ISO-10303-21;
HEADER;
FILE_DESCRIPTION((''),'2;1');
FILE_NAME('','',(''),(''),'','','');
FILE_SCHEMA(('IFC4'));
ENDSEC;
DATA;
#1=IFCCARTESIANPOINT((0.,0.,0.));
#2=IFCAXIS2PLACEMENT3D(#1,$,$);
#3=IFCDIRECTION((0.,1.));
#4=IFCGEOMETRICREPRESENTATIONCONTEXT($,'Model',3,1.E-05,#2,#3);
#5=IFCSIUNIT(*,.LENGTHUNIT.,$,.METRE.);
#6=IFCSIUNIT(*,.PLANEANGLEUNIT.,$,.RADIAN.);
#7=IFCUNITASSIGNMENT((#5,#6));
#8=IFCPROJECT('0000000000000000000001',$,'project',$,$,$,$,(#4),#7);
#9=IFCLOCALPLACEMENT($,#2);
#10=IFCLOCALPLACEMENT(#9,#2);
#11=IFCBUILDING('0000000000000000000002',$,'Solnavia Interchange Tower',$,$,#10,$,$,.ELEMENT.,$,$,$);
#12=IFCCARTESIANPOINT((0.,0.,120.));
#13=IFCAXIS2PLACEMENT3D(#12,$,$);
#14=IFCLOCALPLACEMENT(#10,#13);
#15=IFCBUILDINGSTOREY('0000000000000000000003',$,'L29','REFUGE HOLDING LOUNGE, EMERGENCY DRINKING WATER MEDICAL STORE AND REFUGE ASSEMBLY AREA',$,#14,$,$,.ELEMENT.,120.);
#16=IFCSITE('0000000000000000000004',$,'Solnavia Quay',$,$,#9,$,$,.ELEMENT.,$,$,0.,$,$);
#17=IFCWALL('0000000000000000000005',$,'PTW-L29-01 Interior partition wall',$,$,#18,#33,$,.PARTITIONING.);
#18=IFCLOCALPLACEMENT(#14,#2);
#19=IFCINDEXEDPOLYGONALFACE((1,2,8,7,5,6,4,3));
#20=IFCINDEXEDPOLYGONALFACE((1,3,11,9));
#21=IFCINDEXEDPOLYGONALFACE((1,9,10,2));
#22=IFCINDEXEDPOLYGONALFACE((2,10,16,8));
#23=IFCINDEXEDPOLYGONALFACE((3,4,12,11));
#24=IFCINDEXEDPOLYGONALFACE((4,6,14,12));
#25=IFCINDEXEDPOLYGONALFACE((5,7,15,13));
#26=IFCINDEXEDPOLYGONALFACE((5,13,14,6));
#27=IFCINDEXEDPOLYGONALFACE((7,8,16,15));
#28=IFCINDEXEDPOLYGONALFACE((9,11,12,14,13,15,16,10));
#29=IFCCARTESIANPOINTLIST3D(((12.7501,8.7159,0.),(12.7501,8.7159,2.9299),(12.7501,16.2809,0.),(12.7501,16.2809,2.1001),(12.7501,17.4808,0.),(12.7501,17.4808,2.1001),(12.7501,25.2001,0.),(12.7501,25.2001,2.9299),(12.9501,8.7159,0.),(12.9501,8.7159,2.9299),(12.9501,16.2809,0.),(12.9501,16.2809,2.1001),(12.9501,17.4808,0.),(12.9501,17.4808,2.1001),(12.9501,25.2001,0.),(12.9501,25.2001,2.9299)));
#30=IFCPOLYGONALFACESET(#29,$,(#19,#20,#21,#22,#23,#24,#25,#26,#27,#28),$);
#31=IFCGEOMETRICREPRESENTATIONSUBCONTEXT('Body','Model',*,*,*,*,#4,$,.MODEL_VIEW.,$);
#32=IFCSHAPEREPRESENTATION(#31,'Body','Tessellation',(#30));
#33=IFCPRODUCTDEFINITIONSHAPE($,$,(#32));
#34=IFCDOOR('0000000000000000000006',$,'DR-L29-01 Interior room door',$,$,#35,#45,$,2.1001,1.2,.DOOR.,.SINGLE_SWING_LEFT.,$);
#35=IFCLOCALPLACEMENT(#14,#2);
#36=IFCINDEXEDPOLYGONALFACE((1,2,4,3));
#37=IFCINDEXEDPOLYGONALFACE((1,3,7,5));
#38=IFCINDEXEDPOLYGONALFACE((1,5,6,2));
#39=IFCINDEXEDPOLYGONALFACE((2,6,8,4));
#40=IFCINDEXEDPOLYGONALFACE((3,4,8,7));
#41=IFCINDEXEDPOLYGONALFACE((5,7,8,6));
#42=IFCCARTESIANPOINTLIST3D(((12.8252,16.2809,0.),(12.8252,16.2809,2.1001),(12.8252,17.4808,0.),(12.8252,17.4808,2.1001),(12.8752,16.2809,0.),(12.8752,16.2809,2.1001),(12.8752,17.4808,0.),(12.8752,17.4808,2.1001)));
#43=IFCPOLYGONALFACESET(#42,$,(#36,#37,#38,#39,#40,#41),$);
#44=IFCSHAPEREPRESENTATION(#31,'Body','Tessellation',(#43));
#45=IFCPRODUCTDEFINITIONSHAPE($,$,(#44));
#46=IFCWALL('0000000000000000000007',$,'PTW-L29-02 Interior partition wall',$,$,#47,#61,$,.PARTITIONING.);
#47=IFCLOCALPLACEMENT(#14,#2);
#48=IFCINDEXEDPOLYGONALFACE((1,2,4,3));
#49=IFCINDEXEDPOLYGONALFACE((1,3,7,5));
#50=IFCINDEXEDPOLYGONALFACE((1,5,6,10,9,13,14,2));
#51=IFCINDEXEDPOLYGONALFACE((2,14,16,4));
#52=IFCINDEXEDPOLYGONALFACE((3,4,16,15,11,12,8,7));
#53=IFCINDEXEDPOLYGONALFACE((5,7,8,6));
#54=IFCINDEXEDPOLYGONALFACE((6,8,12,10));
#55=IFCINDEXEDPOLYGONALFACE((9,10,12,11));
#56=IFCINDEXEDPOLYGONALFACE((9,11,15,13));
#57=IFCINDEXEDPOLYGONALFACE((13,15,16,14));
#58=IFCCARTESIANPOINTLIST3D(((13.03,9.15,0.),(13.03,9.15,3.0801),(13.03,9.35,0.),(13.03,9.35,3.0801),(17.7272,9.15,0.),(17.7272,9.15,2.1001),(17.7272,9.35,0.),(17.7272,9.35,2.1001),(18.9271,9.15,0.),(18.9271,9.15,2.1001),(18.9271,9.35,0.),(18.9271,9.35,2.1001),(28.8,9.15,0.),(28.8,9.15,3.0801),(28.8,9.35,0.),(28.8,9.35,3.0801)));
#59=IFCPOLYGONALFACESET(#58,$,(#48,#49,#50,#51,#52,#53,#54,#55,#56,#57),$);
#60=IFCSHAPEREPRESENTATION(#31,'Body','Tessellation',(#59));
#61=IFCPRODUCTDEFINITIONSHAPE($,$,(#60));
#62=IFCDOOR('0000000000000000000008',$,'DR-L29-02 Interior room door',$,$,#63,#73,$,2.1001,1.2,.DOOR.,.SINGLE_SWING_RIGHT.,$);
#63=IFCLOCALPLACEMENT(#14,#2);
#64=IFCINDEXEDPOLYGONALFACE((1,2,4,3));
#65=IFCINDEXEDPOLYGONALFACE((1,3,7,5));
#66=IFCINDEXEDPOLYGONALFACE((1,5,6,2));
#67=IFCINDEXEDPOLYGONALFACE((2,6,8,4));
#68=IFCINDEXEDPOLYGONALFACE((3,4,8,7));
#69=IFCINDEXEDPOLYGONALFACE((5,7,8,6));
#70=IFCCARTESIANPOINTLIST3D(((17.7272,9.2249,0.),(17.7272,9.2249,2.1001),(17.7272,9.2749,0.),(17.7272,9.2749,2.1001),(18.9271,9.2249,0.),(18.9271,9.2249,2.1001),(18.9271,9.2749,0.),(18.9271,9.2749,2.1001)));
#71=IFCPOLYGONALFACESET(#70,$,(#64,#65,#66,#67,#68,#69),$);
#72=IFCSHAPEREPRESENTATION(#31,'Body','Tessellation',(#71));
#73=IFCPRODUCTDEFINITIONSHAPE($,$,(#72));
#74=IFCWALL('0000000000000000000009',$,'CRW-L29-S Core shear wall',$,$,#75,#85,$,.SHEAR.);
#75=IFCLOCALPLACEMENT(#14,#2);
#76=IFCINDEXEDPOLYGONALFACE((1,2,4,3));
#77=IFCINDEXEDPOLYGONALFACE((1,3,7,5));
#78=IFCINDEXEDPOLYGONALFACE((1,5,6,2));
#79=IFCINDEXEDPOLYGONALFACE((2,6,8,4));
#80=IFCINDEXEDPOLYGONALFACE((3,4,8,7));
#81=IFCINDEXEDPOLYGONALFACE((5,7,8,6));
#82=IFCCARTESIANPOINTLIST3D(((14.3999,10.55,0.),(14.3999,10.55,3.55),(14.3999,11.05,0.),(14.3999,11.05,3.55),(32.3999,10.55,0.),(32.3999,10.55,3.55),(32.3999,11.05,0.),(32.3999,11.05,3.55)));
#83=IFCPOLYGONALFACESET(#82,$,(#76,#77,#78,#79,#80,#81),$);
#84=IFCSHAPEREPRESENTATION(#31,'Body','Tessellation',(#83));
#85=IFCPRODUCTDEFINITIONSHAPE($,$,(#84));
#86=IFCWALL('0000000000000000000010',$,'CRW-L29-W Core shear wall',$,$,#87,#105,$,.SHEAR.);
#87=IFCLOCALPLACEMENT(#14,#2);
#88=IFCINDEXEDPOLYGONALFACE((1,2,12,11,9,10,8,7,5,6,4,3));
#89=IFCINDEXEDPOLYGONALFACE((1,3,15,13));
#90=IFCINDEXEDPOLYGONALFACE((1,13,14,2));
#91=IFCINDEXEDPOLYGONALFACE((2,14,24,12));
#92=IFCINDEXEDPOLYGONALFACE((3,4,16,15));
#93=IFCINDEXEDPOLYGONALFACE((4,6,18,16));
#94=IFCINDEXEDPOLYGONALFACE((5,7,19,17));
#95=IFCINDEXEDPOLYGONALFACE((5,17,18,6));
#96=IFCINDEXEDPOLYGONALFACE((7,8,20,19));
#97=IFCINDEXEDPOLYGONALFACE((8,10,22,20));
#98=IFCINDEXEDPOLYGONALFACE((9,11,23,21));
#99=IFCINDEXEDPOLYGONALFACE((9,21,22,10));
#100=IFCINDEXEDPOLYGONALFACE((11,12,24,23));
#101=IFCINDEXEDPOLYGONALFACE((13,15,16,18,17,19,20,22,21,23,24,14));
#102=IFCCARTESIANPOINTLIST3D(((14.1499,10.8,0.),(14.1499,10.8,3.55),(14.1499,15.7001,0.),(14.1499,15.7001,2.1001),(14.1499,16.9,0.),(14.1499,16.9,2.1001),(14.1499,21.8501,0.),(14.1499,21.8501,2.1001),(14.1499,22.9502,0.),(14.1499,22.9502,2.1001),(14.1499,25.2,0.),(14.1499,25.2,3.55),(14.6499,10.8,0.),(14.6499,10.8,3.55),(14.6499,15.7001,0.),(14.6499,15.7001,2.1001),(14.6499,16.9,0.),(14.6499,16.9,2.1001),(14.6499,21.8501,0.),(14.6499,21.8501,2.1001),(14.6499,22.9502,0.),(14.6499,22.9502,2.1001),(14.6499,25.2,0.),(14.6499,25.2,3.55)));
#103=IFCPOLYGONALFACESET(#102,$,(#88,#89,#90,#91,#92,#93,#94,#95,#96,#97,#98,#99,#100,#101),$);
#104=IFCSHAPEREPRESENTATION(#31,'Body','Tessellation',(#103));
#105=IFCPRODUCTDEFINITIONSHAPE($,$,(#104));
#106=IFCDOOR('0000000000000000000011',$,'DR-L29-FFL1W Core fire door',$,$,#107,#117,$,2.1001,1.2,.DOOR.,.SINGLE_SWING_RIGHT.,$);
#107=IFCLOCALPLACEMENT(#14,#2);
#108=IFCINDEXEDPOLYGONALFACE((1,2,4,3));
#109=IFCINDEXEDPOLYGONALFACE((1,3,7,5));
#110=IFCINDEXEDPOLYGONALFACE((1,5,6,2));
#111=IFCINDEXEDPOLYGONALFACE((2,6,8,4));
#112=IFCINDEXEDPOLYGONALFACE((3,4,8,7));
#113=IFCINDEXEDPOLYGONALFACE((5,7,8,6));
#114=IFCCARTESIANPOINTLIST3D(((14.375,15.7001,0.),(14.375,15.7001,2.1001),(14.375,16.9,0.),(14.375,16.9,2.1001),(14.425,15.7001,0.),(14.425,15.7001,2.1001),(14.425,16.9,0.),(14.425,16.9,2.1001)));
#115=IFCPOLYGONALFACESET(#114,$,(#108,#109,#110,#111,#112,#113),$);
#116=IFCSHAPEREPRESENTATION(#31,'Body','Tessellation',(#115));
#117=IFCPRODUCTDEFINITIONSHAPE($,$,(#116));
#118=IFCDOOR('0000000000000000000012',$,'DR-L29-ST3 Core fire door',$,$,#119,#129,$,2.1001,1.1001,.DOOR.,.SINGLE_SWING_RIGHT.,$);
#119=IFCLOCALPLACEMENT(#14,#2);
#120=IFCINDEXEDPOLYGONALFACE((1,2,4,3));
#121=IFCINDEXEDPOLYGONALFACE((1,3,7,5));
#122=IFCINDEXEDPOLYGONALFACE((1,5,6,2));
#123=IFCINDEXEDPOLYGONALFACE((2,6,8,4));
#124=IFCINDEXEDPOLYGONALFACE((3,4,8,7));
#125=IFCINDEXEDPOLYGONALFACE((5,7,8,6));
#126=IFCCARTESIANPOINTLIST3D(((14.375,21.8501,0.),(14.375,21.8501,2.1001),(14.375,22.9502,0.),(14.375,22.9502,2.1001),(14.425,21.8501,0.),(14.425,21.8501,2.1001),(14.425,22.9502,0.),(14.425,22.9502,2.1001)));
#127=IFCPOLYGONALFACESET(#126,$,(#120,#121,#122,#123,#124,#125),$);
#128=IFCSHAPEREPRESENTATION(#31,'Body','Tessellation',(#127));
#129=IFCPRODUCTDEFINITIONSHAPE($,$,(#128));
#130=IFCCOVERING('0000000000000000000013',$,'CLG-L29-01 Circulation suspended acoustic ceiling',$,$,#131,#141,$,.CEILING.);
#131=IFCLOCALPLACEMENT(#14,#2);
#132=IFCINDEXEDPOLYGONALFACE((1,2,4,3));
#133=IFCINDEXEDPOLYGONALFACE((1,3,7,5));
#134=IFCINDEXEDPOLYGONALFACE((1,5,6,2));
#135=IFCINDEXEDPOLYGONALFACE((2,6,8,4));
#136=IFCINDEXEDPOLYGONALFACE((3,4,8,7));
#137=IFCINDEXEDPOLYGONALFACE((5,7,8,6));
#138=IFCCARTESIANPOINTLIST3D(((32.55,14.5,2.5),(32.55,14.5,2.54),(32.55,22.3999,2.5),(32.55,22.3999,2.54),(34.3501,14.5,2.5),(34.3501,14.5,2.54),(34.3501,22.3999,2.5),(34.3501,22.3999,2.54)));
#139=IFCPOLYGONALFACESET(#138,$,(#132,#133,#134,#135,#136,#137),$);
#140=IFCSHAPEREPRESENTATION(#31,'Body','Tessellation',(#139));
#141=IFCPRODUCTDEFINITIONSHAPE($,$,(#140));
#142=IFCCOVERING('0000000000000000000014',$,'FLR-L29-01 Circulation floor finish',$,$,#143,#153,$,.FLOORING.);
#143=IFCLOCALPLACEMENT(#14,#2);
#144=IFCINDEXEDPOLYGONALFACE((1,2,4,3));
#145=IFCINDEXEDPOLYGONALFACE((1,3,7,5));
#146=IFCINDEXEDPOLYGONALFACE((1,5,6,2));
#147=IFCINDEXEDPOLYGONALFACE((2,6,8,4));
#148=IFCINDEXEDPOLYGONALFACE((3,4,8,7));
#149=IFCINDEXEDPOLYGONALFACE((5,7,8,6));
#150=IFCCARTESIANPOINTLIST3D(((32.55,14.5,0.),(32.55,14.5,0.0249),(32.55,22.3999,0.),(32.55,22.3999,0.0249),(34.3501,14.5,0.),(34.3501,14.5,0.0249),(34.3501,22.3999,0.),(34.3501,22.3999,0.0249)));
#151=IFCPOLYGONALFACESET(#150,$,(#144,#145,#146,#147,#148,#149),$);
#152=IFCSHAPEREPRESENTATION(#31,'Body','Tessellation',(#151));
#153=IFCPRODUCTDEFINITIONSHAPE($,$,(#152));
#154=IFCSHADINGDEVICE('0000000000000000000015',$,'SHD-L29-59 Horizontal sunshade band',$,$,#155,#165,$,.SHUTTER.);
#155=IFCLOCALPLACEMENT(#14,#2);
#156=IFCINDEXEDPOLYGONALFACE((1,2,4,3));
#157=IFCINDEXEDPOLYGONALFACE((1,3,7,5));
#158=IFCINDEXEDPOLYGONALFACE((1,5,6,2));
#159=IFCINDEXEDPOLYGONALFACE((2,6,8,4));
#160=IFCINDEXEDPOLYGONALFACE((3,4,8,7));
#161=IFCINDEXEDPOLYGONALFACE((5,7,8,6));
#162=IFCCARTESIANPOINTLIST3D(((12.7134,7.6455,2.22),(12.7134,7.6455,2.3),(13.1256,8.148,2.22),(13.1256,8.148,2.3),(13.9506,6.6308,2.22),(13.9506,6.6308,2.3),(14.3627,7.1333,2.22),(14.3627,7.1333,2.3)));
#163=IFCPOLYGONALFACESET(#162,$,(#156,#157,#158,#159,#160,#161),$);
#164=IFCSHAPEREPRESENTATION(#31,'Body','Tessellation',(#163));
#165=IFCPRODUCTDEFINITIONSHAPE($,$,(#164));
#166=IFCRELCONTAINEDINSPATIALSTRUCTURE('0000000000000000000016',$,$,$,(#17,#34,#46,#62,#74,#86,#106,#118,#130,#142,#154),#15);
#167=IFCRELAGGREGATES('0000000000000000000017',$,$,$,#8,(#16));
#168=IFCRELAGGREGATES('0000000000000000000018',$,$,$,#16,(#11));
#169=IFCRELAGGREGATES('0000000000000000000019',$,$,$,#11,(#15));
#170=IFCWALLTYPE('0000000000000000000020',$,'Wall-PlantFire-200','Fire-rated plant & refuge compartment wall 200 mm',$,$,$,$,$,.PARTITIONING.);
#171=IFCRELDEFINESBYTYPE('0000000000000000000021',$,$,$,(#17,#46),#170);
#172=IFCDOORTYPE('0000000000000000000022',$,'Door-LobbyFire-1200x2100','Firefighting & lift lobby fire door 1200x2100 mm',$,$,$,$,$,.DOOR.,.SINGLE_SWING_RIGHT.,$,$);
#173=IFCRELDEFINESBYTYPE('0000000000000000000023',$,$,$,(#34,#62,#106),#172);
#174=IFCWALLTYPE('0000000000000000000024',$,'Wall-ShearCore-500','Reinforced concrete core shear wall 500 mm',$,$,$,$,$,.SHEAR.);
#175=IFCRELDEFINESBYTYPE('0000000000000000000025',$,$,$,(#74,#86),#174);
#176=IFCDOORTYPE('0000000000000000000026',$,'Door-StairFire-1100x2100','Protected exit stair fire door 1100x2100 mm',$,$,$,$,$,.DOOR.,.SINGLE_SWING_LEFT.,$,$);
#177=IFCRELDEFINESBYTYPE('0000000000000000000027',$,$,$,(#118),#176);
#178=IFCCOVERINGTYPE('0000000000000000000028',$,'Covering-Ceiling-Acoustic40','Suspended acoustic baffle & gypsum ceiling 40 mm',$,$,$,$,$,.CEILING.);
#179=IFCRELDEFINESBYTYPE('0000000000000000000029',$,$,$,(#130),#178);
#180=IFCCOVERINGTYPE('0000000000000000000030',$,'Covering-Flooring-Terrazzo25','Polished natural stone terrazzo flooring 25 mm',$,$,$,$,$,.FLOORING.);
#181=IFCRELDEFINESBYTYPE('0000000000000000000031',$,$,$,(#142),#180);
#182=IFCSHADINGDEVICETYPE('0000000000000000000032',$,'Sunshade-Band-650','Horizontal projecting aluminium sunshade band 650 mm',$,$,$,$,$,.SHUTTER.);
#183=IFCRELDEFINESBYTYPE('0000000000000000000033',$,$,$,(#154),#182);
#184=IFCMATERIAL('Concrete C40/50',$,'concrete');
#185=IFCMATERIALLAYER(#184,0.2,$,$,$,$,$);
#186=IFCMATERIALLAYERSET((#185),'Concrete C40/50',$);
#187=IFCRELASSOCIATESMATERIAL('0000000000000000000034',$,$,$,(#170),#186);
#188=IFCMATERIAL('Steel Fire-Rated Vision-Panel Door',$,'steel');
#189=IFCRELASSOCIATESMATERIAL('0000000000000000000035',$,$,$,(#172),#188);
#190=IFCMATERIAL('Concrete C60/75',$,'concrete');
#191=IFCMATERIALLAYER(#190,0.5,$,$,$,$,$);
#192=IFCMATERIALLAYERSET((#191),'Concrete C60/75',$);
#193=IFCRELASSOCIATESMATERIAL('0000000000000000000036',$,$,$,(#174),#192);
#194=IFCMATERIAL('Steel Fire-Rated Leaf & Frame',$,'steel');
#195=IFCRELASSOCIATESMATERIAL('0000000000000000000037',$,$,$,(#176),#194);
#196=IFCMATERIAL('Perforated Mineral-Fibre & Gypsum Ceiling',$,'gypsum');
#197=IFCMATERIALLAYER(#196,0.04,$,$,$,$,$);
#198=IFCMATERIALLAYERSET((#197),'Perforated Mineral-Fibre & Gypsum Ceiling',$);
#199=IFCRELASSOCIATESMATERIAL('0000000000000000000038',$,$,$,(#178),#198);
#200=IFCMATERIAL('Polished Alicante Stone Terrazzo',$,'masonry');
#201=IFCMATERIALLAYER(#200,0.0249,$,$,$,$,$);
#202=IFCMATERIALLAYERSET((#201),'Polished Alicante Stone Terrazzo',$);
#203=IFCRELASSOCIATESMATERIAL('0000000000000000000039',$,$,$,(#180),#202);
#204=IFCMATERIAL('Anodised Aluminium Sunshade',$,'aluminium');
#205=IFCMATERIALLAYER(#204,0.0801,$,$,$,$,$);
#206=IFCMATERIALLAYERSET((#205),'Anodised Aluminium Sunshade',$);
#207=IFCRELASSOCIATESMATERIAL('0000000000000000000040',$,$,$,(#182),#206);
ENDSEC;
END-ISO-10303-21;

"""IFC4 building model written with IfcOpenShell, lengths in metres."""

from ifc_helpers import new_model, si_unit, direction, frame, frame_2d, origin, origin_2d, place, context, subcontext, project, spatial, polyline, rectangle, outline, extrude, material, layer, layer_set, type_object, element, fill, save


model = new_model("IFC4")

# Units and contexts
model_context = context("Model", 3, precision=1e-05, world=origin(), true_north=direction((0.0, 1.0)))
body_context = subcontext(model_context, "Body", "Model", "MODEL_VIEW")
ifc_project = project(units=[si_unit("LENGTHUNIT", "METRE"), si_unit("PLANEANGLEUNIT", "RADIAN")], contexts=[model_context])

# Site, building, storey
site_placement = place(None, origin())
site = spatial("IfcSite", under=ifc_project, at=site_placement, Name="Solnavia Quay", CompositionType="ELEMENT", RefElevation=0.0)
building_placement = place(site_placement, origin())
building = spatial("IfcBuilding", under=site, at=building_placement, Name="Solnavia Interchange Tower", CompositionType="ELEMENT")
storey_placement = place(building_placement, frame((0.0, 0.0, 120.0)))
storey = spatial("IfcBuildingStorey", under=building, at=storey_placement, Name="L29", Description="REFUGE HOLDING LOUNGE, EMERGENCY DRINKING WATER MEDICAL STORE AND REFUGE ASSEMBLY AREA", CompositionType="ELEMENT", Elevation=120.0)

# Shared definitions
ifc_material_1 = material(Name="Concrete C60/75", Category="concrete")

# Shared definitions
ifc_material_2 = material(Name="Concrete C40/50", Category="concrete")

# Walls, openings, doors
ifc_layer_1 = layer(ifc_material_2, 0.2)
ifc_layer_set_1 = layer_set([ifc_layer_1], Name="Concrete C40/50")
wall_type_1 = type_object("IfcWallType", Name="Wall-PlantFire-200", Description="Fire-rated plant & refuge compartment wall 200 mm", PredefinedType="PARTITIONING", material=ifc_layer_set_1)
wall_1_placement = place(storey_placement, frame((12.8501, 8.7158, 0.0), z_axis=(0.0, 0.0, 1.0), x_axis=(0.0, 1.0, 0.0)))
wall_1 = element("IfcWall", 1, at=wall_1_placement, inside=storey, type_object=wall_type_1, Name="PTW-L29-01 Interior partition wall", PredefinedType="PARTITIONING", context=body_context, shape_type="SweptSolid", body=[
    extrude(rectangle(XDim=16.4841, YDim=0.2, at=frame_2d((8.2422, 0.0))), origin(), (0.0, 0.0, 1.0), 2.9299),
])
opening_1_placement = place(wall_1_placement, frame((7.5649, 0.0, 0.0)))
opening_1 = element("IfcOpeningElement", 2, at=opening_1_placement, cuts=wall_1, PredefinedType="OPENING", context=body_context, shape_type="SweptSolid", body=[
    extrude(rectangle(XDim=1.2, YDim=2.1001, at=frame_2d((0.6001, 1.05))), frame((0.0, 0.1099, 0.0), z_axis=(0.0, -1.0, 0.0), x_axis=(1.0, 0.0, 0.0)), (0.0, 0.0, 1.0), 0.22),
])
ifc_material_3 = material(Name="Steel Fire-Rated Vision-Panel Door", Category="steel")
door_type_1 = type_object("IfcDoorType", Name="Door-LobbyFire-1200x2100", Description="Firefighting & lift lobby fire door 1200x2100 mm", OperationType="SINGLE_SWING_RIGHT", PredefinedType="DOOR", material=ifc_material_3)
door_1_placement = place(opening_1_placement, origin())
door_1 = element("IfcDoor", 3, at=door_1_placement, inside=storey, type_object=door_type_1, Name="DR-L29-01 Interior room door", OperationType="SINGLE_SWING_LEFT", OverallHeight=2.1001, OverallWidth=1.2, PredefinedType="DOOR", context=body_context, shape_type="SweptSolid", body=[
    extrude(rectangle(XDim=1.2, YDim=2.1001, at=frame_2d((0.6001, 1.05))), frame((0.0, 0.0249, 0.0), z_axis=(0.0, -1.0, 0.0), x_axis=(1.0, 0.0, 0.0)), (0.0, 0.0, 1.0), 0.05),
])
fill(opening_1, door_1)
wall_2_placement = place(storey_placement, frame((13.03, 9.25, 0.0), z_axis=(0.0, 0.0, 1.0), x_axis=(1.0, 0.0, 0.0)))
wall_2 = element("IfcWall", 4, at=wall_2_placement, inside=storey, type_object=wall_type_1, Name="PTW-L29-02 Interior partition wall", PredefinedType="PARTITIONING", context=body_context, shape_type="SweptSolid", body=[
    extrude(rectangle(XDim=15.77, YDim=0.2, at=frame_2d((7.885, 0.0))), origin(), (0.0, 0.0, 1.0), 3.0801),
])
opening_2_placement = place(wall_2_placement, frame((4.697, 0.0, 0.0)))
opening_2 = element("IfcOpeningElement", 5, at=opening_2_placement, cuts=wall_2, PredefinedType="OPENING", context=body_context, shape_type="SweptSolid", body=[
    extrude(rectangle(XDim=1.2, YDim=2.1001, at=frame_2d((0.6001, 1.05))), frame((0.0, 0.1099, 0.0), z_axis=(0.0, -1.0, 0.0), x_axis=(1.0, 0.0, 0.0)), (0.0, 0.0, 1.0), 0.22),
])
door_2_placement = place(opening_2_placement, origin())
door_2 = element("IfcDoor", 6, at=door_2_placement, inside=storey, type_object=door_type_1, Name="DR-L29-02 Interior room door", OperationType="SINGLE_SWING_RIGHT", OverallHeight=2.1001, OverallWidth=1.2, PredefinedType="DOOR", context=body_context, shape_type="SweptSolid", body=[
    extrude(rectangle(XDim=1.2, YDim=2.1001, at=frame_2d((0.6001, 1.05))), frame((0.0, 0.0249, 0.0), z_axis=(0.0, -1.0, 0.0), x_axis=(1.0, 0.0, 0.0)), (0.0, 0.0, 1.0), 0.05),
])
fill(opening_2, door_2)

# Wall
ifc_layer_2 = layer(ifc_material_1, 0.5)
ifc_layer_set_2 = layer_set([ifc_layer_2], Name="Concrete C60/75")
wall_type_2 = type_object("IfcWallType", Name="Wall-ShearCore-500", Description="Reinforced concrete core shear wall 500 mm", PredefinedType="SHEAR", material=ifc_layer_set_2)
wall_3_placement = place(storey_placement, frame((14.3999, 10.8, 0.0), z_axis=(0.0, 0.0, 1.0), x_axis=(1.0, 0.0, 0.0)))
element("IfcWall", 7, at=wall_3_placement, inside=storey, type_object=wall_type_2, Name="CRW-L29-S Core shear wall", PredefinedType="SHEAR", context=body_context, shape_type="SweptSolid", body=[
    extrude(rectangle(XDim=18.0, YDim=0.5, at=frame_2d((9.0, 0.0))), origin(), (0.0, 0.0, 1.0), 3.55),
])

# Wall, openings, doors
wall_4_placement = place(storey_placement, frame((14.3999, 10.8, 0.0), z_axis=(0.0, 0.0, 1.0), x_axis=(0.0, 1.0, 0.0)))
wall_4 = element("IfcWall", 8, at=wall_4_placement, inside=storey, type_object=wall_type_2, Name="CRW-L29-W Core shear wall", PredefinedType="SHEAR", context=body_context, shape_type="SweptSolid", body=[
    extrude(rectangle(XDim=14.3999, YDim=0.5, at=frame_2d((7.2, 0.0))), origin(), (0.0, 0.0, 1.0), 3.55),
])
opening_3_placement = place(wall_4_placement, frame((11.05, 0.0, 0.0)))
opening_3 = element("IfcOpeningElement", 9, at=opening_3_placement, cuts=wall_4, PredefinedType="OPENING", context=body_context, shape_type="SweptSolid", body=[
    extrude(rectangle(XDim=1.1001, YDim=2.1001, at=frame_2d((0.55, 1.05))), frame((0.0, 0.26, 0.0), z_axis=(0.0, -1.0, 0.0), x_axis=(1.0, 0.0, 0.0)), (0.0, 0.0, 1.0), 0.52),
])
opening_4_placement = place(wall_4_placement, frame((4.8999, 0.0, 0.0)))
opening_4 = element("IfcOpeningElement", 10, at=opening_4_placement, cuts=wall_4, PredefinedType="OPENING", context=body_context, shape_type="SweptSolid", body=[
    extrude(rectangle(XDim=1.2, YDim=2.1001, at=frame_2d((0.6001, 1.05))), frame((0.0, 0.26, 0.0), z_axis=(0.0, -1.0, 0.0), x_axis=(1.0, 0.0, 0.0)), (0.0, 0.0, 1.0), 0.52),
])
door_3_placement = place(opening_4_placement, origin())
door_3 = element("IfcDoor", 11, at=door_3_placement, inside=storey, type_object=door_type_1, Name="DR-L29-FFL1W Core fire door", OperationType="SINGLE_SWING_RIGHT", OverallHeight=2.1001, OverallWidth=1.2, PredefinedType="DOOR", context=body_context, shape_type="SweptSolid", body=[
    extrude(rectangle(XDim=1.2, YDim=2.1001, at=frame_2d((0.6001, 1.05))), frame((0.0, 0.0249, 0.0), z_axis=(0.0, -1.0, 0.0), x_axis=(1.0, 0.0, 0.0)), (0.0, 0.0, 1.0), 0.05),
])
fill(opening_4, door_3)
ifc_material_4 = material(Name="Steel Fire-Rated Leaf & Frame", Category="steel")
door_type_2 = type_object("IfcDoorType", Name="Door-StairFire-1100x2100", Description="Protected exit stair fire door 1100x2100 mm", OperationType="SINGLE_SWING_LEFT", PredefinedType="DOOR", material=ifc_material_4)
door_4_placement = place(opening_3_placement, origin())
door_4 = element("IfcDoor", 12, at=door_4_placement, inside=storey, type_object=door_type_2, Name="DR-L29-ST3 Core fire door", OperationType="SINGLE_SWING_RIGHT", OverallHeight=2.1001, OverallWidth=1.1001, PredefinedType="DOOR", context=body_context, shape_type="SweptSolid", body=[
    extrude(rectangle(XDim=1.1001, YDim=2.1001, at=frame_2d((0.55, 1.05))), frame((0.0, 0.0249, 0.0), z_axis=(0.0, -1.0, 0.0), x_axis=(1.0, 0.0, 0.0)), (0.0, 0.0, 1.0), 0.05),
])
fill(opening_3, door_4)

# Coverings
ifc_material_5 = material(Name="Perforated Mineral-Fibre & Gypsum Ceiling", Category="gypsum")
ifc_layer_3 = layer(ifc_material_5, 0.04)
ifc_layer_set_3 = layer_set([ifc_layer_3], Name="Perforated Mineral-Fibre & Gypsum Ceiling")
covering_type_1 = type_object("IfcCoveringType", Name="Covering-Ceiling-Acoustic40", Description="Suspended acoustic baffle & gypsum ceiling 40 mm", PredefinedType="CEILING", material=ifc_layer_set_3)
covering_1_placement = place(storey_placement, frame((0.0, 0.0, 2.5)))
element("IfcCovering", 13, at=covering_1_placement, inside=storey, type_object=covering_type_1, Name="CLG-L29-01 Circulation suspended acoustic ceiling", PredefinedType="CEILING", context=body_context, shape_type="SweptSolid", body=[
    extrude(outline(polyline([(32.55, 14.5), (34.3501, 14.5), (34.3501, 22.3999), (32.55, 22.3999), (32.55, 14.5)])), origin(), (0.0, 0.0, 1.0), 0.04),
])
ifc_material_6 = material(Name="Polished Alicante Stone Terrazzo", Category="masonry")
ifc_layer_4 = layer(ifc_material_6, 0.0249)
ifc_layer_set_4 = layer_set([ifc_layer_4], Name="Polished Alicante Stone Terrazzo")
covering_type_2 = type_object("IfcCoveringType", Name="Covering-Flooring-Terrazzo25", Description="Polished natural stone terrazzo flooring 25 mm", PredefinedType="FLOORING", material=ifc_layer_set_4)
covering_2_placement = place(storey_placement, origin())
element("IfcCovering", 14, at=covering_2_placement, inside=storey, type_object=covering_type_2, Name="FLR-L29-01 Circulation floor finish", PredefinedType="FLOORING", context=body_context, shape_type="SweptSolid", body=[
    extrude(outline(polyline([(32.55, 14.5), (34.3501, 14.5), (34.3501, 22.3999), (32.55, 22.3999), (32.55, 14.5)])), origin(), (0.0, 0.0, 1.0), 0.0249),
])

# Shading device
ifc_material_7 = material(Name="Anodised Aluminium Sunshade", Category="aluminium")
ifc_layer_5 = layer(ifc_material_7, 0.0801)
ifc_layer_set_5 = layer_set([ifc_layer_5], Name="Anodised Aluminium Sunshade")
shading_device_type = type_object("IfcShadingDeviceType", Name="Sunshade-Band-650", Description="Horizontal projecting aluminium sunshade band 650 mm", PredefinedType="SHUTTER", material=ifc_layer_set_5)
shading_device_placement = place(storey_placement, frame((13.5381, 7.3894, 2.22), z_axis=(0.0, 0.0, 1.0), x_axis=(-0.773177, 0.634191, 0.0)))
element("IfcShadingDevice", 15, at=shading_device_placement, inside=storey, type_object=shading_device_type, Name="SHD-L29-59 Horizontal sunshade band", PredefinedType="SHUTTER", context=body_context, shape_type="SweptSolid", body=[
    extrude(rectangle(XDim=1.6001, YDim=0.6499, at=origin_2d()), origin(), (0.0, 0.0, 1.0), 0.0801),
])

save(model, "model.ifc")
